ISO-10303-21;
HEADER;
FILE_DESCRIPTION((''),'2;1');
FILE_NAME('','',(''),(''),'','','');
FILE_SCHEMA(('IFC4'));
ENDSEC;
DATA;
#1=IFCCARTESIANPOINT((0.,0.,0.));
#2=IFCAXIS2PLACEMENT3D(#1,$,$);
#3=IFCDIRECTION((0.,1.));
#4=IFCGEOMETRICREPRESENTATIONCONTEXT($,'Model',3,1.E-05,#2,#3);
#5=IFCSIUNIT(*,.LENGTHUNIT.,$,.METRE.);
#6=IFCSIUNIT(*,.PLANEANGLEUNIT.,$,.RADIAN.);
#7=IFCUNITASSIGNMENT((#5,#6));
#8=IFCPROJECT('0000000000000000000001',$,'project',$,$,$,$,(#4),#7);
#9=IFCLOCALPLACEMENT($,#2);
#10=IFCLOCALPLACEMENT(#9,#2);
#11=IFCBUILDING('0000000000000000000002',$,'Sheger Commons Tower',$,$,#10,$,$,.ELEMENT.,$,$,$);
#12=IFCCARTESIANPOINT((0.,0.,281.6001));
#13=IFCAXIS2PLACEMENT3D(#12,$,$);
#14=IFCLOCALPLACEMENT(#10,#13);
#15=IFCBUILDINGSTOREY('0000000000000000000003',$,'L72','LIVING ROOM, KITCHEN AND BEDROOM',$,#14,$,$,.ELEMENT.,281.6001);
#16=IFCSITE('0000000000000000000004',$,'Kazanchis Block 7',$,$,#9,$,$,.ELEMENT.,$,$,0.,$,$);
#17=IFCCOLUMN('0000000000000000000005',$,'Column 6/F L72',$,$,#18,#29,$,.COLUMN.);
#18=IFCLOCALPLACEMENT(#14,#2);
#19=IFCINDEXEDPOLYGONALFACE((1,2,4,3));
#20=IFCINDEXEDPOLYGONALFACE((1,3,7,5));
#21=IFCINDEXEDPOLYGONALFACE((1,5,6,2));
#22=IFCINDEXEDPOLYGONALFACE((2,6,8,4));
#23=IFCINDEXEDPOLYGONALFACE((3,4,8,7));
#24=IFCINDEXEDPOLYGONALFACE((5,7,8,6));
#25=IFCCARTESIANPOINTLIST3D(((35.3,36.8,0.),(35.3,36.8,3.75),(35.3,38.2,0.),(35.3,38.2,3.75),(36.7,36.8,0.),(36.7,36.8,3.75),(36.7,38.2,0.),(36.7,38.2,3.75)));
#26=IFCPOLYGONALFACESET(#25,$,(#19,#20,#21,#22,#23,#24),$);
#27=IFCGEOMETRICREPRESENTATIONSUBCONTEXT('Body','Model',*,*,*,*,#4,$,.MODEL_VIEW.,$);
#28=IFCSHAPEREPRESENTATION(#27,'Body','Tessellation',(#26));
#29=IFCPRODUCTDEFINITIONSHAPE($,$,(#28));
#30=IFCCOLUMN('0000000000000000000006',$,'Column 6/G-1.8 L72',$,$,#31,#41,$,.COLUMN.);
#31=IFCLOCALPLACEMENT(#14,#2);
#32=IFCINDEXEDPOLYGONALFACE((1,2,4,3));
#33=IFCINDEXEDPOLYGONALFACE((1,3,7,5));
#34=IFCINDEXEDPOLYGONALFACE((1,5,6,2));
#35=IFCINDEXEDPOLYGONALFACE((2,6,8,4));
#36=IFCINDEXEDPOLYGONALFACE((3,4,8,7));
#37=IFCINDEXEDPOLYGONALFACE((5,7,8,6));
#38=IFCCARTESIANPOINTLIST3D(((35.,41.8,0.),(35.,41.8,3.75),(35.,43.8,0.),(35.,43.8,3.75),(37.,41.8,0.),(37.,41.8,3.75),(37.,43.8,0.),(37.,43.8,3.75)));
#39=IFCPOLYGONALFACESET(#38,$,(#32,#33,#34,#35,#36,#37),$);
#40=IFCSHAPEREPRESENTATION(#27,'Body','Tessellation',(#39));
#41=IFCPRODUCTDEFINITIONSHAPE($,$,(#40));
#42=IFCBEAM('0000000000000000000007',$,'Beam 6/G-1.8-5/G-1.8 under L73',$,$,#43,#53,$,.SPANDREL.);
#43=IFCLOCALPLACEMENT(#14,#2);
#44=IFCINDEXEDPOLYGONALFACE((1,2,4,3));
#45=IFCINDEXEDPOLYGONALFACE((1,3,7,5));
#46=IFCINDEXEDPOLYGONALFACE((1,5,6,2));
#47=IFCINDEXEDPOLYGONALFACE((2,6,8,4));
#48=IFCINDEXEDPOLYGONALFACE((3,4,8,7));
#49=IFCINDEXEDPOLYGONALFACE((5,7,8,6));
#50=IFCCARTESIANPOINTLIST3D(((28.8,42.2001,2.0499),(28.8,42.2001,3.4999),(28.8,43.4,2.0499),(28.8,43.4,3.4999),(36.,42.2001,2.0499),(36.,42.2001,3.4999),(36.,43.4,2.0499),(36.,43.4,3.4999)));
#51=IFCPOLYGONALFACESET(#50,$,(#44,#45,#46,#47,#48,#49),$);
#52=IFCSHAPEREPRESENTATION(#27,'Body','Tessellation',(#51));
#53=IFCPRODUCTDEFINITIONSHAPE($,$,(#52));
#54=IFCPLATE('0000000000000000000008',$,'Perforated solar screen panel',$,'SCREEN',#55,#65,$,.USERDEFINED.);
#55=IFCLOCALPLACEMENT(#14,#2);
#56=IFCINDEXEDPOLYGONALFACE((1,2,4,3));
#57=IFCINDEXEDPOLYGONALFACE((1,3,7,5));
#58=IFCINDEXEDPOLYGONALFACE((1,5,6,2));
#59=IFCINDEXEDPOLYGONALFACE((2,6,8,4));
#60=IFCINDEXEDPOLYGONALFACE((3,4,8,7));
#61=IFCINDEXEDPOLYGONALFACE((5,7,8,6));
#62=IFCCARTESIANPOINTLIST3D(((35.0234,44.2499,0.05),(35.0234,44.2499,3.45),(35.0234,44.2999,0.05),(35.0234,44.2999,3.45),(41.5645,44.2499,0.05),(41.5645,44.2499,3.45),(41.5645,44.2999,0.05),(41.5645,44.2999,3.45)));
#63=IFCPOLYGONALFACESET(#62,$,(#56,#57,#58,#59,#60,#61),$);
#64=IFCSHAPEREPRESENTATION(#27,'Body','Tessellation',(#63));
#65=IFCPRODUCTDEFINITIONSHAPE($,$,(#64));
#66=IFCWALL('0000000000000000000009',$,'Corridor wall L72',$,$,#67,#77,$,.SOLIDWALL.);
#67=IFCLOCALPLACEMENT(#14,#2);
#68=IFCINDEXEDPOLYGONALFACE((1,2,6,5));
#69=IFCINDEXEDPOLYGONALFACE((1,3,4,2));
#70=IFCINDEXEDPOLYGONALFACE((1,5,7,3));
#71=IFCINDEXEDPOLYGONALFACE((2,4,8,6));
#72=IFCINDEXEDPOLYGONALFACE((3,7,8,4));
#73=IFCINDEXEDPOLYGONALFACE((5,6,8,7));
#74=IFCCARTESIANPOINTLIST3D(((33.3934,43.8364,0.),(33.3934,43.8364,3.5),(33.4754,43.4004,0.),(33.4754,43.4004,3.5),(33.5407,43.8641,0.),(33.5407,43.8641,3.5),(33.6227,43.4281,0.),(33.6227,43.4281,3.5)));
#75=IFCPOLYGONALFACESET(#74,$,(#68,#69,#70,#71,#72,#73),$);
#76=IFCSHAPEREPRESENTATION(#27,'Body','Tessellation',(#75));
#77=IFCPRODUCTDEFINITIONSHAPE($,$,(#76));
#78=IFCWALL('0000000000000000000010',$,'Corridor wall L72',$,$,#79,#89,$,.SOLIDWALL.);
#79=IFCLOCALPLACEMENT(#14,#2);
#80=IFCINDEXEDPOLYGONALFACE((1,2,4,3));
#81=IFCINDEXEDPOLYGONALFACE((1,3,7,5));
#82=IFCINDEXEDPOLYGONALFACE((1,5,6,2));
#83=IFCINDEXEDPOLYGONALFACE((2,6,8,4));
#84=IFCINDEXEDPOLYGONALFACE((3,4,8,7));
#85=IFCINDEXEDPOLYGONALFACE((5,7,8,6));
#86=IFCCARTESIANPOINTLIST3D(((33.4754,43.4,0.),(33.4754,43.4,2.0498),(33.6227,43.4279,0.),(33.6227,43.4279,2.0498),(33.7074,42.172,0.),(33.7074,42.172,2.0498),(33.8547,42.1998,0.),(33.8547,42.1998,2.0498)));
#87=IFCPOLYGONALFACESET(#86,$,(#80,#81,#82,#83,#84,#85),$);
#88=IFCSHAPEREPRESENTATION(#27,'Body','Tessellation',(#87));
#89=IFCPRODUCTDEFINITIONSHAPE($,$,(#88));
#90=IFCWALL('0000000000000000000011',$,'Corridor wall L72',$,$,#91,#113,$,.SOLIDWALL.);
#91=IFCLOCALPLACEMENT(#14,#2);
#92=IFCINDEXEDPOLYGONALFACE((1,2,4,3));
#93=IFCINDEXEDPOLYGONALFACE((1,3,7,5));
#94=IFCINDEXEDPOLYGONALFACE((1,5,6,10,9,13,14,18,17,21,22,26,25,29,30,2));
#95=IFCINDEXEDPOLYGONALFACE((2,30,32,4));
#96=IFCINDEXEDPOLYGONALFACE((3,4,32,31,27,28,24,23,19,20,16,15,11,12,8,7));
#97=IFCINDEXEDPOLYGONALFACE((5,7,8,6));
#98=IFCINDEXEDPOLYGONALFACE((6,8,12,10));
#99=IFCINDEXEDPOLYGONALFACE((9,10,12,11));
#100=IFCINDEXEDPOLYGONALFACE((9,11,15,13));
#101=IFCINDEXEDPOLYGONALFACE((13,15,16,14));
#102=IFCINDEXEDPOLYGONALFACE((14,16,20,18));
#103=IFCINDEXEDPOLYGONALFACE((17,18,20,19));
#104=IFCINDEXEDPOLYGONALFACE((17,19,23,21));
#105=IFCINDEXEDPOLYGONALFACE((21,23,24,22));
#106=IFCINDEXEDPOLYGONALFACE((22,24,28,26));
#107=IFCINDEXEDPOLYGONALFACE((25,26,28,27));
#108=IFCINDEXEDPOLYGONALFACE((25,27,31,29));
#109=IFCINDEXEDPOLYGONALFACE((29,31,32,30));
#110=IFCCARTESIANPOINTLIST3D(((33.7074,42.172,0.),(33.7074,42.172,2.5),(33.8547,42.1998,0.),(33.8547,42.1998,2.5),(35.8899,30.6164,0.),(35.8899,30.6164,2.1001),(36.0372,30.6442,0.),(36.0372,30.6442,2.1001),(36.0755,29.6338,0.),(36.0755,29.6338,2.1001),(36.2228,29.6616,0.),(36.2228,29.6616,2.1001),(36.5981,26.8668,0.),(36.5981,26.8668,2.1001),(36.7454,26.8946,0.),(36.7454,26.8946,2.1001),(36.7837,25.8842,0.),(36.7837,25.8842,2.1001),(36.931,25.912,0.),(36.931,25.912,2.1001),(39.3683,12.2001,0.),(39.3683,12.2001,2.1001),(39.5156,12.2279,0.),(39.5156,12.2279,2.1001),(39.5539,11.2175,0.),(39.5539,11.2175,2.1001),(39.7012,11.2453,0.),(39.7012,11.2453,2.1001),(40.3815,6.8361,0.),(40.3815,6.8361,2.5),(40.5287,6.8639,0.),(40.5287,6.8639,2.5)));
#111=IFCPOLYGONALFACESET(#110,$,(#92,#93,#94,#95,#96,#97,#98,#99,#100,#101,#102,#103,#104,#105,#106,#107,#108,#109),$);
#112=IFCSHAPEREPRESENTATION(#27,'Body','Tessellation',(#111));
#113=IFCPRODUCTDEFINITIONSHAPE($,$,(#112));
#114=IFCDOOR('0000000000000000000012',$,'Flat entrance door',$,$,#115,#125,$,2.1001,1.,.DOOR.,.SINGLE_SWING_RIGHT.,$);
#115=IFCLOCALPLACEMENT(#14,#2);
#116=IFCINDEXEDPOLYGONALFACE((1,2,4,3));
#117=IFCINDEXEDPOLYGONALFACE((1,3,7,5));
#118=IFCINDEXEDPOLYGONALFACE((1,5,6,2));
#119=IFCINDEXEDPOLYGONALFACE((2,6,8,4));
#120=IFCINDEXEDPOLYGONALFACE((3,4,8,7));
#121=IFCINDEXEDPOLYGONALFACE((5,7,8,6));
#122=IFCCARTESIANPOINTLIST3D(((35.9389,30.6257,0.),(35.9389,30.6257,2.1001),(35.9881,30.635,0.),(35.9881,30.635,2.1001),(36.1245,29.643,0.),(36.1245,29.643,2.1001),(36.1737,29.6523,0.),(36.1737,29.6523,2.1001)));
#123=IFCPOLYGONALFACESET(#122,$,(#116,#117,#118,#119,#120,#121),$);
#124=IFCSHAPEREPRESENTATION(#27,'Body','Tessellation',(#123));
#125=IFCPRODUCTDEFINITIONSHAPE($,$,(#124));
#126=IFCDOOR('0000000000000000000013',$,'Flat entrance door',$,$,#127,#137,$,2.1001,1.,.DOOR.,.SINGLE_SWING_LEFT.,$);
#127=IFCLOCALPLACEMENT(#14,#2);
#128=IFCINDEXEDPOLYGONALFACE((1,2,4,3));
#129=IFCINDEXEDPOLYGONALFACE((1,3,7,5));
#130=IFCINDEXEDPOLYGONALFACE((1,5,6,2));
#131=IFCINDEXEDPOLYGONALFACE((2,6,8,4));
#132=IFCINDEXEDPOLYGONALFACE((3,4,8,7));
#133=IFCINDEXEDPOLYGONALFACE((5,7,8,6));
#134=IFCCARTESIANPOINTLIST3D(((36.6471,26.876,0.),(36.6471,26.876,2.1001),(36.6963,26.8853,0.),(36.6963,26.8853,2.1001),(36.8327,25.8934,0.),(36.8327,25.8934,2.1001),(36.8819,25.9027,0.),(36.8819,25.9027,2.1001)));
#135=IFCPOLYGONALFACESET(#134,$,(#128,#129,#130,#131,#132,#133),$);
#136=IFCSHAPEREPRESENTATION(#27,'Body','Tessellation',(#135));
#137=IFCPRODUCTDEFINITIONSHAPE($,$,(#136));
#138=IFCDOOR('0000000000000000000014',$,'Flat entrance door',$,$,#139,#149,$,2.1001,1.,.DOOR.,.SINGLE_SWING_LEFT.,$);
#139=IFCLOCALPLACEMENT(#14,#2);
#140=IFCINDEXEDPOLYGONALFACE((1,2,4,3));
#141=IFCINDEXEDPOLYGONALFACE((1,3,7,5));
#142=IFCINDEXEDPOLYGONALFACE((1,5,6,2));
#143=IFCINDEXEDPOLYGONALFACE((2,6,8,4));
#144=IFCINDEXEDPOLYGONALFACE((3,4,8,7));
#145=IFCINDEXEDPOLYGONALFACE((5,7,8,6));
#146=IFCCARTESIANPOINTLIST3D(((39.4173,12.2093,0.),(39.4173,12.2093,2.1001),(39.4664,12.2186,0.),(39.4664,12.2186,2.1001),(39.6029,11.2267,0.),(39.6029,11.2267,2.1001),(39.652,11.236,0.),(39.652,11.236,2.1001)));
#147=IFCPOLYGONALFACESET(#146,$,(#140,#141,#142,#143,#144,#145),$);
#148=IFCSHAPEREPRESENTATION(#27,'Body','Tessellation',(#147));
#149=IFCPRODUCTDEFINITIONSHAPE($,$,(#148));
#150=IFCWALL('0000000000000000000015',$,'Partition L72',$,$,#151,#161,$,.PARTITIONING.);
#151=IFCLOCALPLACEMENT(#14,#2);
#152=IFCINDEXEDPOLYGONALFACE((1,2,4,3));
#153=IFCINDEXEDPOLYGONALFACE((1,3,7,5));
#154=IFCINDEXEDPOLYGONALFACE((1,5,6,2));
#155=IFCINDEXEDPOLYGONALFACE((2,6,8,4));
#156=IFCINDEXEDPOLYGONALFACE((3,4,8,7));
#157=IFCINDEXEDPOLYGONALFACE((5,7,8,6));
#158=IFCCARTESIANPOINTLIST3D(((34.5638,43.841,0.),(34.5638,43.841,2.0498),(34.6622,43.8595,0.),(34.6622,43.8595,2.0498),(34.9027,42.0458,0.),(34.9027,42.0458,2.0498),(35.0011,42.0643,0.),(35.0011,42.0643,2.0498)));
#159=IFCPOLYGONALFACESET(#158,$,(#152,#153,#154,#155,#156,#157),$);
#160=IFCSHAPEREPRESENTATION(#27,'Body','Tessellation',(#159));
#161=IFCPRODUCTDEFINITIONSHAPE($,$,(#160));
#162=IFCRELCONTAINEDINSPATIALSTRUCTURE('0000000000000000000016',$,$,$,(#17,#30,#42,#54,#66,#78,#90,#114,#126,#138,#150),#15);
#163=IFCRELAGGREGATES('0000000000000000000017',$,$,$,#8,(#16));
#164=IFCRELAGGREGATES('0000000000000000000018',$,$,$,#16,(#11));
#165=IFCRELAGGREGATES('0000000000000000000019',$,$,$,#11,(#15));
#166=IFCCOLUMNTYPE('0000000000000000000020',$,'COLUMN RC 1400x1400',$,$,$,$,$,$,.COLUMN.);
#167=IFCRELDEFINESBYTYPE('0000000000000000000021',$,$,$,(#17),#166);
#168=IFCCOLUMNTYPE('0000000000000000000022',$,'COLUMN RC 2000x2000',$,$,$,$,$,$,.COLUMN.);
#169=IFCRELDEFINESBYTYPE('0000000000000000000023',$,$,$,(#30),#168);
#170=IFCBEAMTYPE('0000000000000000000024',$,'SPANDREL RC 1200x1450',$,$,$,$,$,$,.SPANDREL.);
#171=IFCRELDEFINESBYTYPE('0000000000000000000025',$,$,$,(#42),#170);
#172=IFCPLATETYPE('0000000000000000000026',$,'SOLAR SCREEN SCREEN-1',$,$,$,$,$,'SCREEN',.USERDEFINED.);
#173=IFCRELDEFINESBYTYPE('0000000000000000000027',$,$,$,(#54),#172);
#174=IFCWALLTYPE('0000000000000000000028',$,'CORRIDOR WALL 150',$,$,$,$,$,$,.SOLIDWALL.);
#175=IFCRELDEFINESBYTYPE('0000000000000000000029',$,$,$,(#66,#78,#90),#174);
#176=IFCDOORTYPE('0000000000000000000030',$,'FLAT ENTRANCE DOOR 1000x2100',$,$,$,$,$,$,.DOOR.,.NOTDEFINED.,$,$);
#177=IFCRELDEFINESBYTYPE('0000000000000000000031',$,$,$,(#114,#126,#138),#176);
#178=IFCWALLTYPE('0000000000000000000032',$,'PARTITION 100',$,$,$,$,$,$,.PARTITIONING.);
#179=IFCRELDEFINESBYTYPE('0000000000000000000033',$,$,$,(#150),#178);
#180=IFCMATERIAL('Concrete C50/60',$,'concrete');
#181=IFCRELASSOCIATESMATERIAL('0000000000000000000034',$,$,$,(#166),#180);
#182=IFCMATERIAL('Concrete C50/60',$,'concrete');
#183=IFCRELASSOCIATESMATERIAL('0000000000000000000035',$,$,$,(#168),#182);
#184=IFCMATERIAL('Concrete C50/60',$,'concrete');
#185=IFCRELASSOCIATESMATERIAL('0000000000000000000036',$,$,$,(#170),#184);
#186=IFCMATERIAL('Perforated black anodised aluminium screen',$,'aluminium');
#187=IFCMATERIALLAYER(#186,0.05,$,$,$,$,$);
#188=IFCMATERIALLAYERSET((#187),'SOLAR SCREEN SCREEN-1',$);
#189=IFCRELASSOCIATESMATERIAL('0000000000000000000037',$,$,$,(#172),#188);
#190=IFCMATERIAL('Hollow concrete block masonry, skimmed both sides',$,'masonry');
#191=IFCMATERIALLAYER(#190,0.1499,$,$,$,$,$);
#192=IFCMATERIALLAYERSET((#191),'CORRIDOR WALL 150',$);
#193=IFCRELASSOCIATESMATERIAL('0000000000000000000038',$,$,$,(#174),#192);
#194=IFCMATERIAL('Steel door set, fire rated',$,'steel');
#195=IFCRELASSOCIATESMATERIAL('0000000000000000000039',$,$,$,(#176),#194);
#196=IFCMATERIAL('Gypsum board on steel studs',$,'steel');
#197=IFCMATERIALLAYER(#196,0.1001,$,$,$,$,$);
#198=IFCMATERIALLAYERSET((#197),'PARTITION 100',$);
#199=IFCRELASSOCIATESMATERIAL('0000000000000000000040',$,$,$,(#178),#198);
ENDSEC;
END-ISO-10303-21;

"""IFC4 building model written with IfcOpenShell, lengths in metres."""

from ifc_helpers import new_model, si_unit, direction, frame, frame_2d, origin, origin_2d, place, context, subcontext, project, spatial, rectangle, extrude, material, layer, layer_set, material_profile, profile_set, type_object, element, fill, save


model = new_model("IFC4")

# Units and contexts
model_context = context("Model", 3, precision=1e-05, world=origin(), true_north=direction((0.0, 1.0)))
body_context = subcontext(model_context, "Body", "Model", "MODEL_VIEW")
ifc_project = project(units=[si_unit("LENGTHUNIT", "METRE"), si_unit("PLANEANGLEUNIT", "RADIAN")], contexts=[model_context])

# Site, building, storey
site_placement = place(None, origin())
site = spatial("IfcSite", under=ifc_project, at=site_placement, Name="Kazanchis Block 7", CompositionType="ELEMENT", RefElevation=0.0)
building_placement = place(site_placement, origin())
building = spatial("IfcBuilding", under=site, at=building_placement, Name="Sheger Commons Tower", CompositionType="ELEMENT")
storey_placement = place(building_placement, frame((0.0, 0.0, 281.6001)))
storey = spatial("IfcBuildingStorey", under=building, at=storey_placement, Name="L72", Description="LIVING ROOM, KITCHEN AND BEDROOM", CompositionType="ELEMENT", Elevation=281.6001)

# Columns
ifc_material_1 = material(Name="Concrete C50/60", Category="concrete")
ifc_material_profile_1 = material_profile(ifc_material_1, rectangle(XDim=1.3999, YDim=1.3999, at=origin_2d()), Name="RC 1400x1400")
ifc_profile_set_1 = profile_set([ifc_material_profile_1], Name="Concrete C50/60")
column_type_1 = type_object("IfcColumnType", Name="COLUMN RC 1400x1400", PredefinedType="COLUMN", material=ifc_profile_set_1)
column_1_placement = place(storey_placement, frame((36.0, 37.5, 0.0), z_axis=(0.0, 0.0, 1.0), x_axis=(1.0, 0.0, 0.0)))
element("IfcColumn", 1, at=column_1_placement, inside=storey, type_object=column_type_1, Name="Column 6/F L72", PredefinedType="COLUMN", context=body_context, shape_type="SweptSolid", body=[
    extrude(rectangle(XDim=1.3999, YDim=1.3999, at=origin_2d()), origin(), (0.0, 0.0, 1.0), 3.75),
])
ifc_material_2 = material(Name="Concrete C50/60", Category="concrete")
ifc_material_profile_2 = material_profile(ifc_material_2, rectangle(XDim=2.0, YDim=2.0, at=origin_2d()), Name="RC 2000x2000")
ifc_profile_set_2 = profile_set([ifc_material_profile_2], Name="Concrete C50/60")
column_type_2 = type_object("IfcColumnType", Name="COLUMN RC 2000x2000", PredefinedType="COLUMN", material=ifc_profile_set_2)
column_2_placement = place(storey_placement, frame((36.0, 42.8, 0.0), z_axis=(0.0, 0.0, 1.0), x_axis=(1.0, 0.0, 0.0)))
element("IfcColumn", 2, at=column_2_placement, inside=storey, type_object=column_type_2, Name="Column 6/G-1.8 L72", PredefinedType="COLUMN", context=body_context, shape_type="SweptSolid", body=[
    extrude(rectangle(XDim=2.0, YDim=2.0, at=origin_2d()), origin(), (0.0, 0.0, 1.0), 3.75),
])

# Beam
ifc_material_3 = material(Name="Concrete C50/60", Category="concrete")
ifc_material_profile_3 = material_profile(ifc_material_3, rectangle(XDim=1.2, YDim=1.45, at=origin_2d()), Name="RC 1200x1450")
ifc_profile_set_3 = profile_set([ifc_material_profile_3], Name="Concrete C50/60")
beam_type = type_object("IfcBeamType", Name="SPANDREL RC 1200x1450", PredefinedType="SPANDREL", material=ifc_profile_set_3)
beam_placement = place(storey_placement, frame((36.0, 42.8, 2.7749), z_axis=(-1.0, 0.0, 0.0), x_axis=(0.0, -1.0, 0.0)))
element("IfcBeam", 3, at=beam_placement, inside=storey, type_object=beam_type, Name="Beam 6/G-1.8-5/G-1.8 under L73", PredefinedType="SPANDREL", context=body_context, shape_type="SweptSolid", body=[
    extrude(rectangle(XDim=1.2, YDim=1.45, at=origin_2d()), origin(), (0.0, 0.0, 1.0), 7.2),
])

# Plate
ifc_material_4 = material(Name="Perforated black anodised aluminium screen", Category="aluminium")
ifc_layer_1 = layer(ifc_material_4, 0.05)
ifc_layer_set_1 = layer_set([ifc_layer_1], Name="SOLAR SCREEN SCREEN-1")
plate_type = type_object("IfcPlateType", Name="SOLAR SCREEN SCREEN-1", ElementType="SCREEN", PredefinedType="USERDEFINED", material=ifc_layer_set_1)
plate_placement = place(storey_placement, frame((38.2939, 44.2749, 0.05), z_axis=(0.0, 0.0, 1.0), x_axis=(-1.0, 0.0, 0.0)))
element("IfcPlate", 4, at=plate_placement, inside=storey, type_object=plate_type, Name="Perforated solar screen panel", ObjectType="SCREEN", PredefinedType="USERDEFINED", context=body_context, shape_type="SweptSolid", body=[
    extrude(rectangle(XDim=6.541, YDim=0.05, at=origin_2d()), origin(), (0.0, 0.0, 1.0), 3.3999),
])

# Walls
ifc_material_5 = material(Name="Hollow concrete block masonry, skimmed both sides", Category="masonry")
ifc_layer_2 = layer(ifc_material_5, 0.1499)
ifc_layer_set_2 = layer_set([ifc_layer_2], Name="CORRIDOR WALL 150")
wall_type_1 = type_object("IfcWallType", Name="CORRIDOR WALL 150", PredefinedType="SOLIDWALL", material=ifc_layer_set_2)
wall_1_placement = place(storey_placement, frame((33.467, 43.8501, 0.0), z_axis=(0.0, 0.0, 1.0), x_axis=(0.184887, -0.98276, 0.0)))
element("IfcWall", 5, at=wall_1_placement, inside=storey, type_object=wall_type_1, Name="Corridor wall L72", PredefinedType="SOLIDWALL", context=body_context, shape_type="SweptSolid", body=[
    extrude(rectangle(XDim=0.4436, YDim=0.1499, at=frame_2d((0.2217, 0.0))), origin(), (0.0, 0.0, 1.0), 3.5),
])
wall_2_placement = place(storey_placement, frame((33.5491, 43.4141, 0.0), z_axis=(0.0, 0.0, 1.0), x_axis=(0.185586, -0.982628, 0.0)))
element("IfcWall", 6, at=wall_2_placement, inside=storey, type_object=wall_type_1, Name="Corridor wall L72", PredefinedType="SOLIDWALL", context=body_context, shape_type="SweptSolid", body=[
    extrude(rectangle(XDim=1.2498, YDim=0.1499, at=frame_2d((0.625, 0.0))), origin(), (0.0, 0.0, 1.0), 2.0498),
])

# Wall, openings, doors
wall_3_placement = place(storey_placement, frame((33.781, 42.186, 0.0), z_axis=(0.0, 0.0, 1.0), x_axis=(0.185594, -0.982627, 0.0)))
wall_3 = element("IfcWall", 7, at=wall_3_placement, inside=storey, type_object=wall_type_1, Name="Corridor wall L72", PredefinedType="SOLIDWALL", context=body_context, shape_type="SweptSolid", body=[
    extrude(rectangle(XDim=35.9607, YDim=0.1499, at=frame_2d((17.9805, 0.0))), origin(), (0.0, 0.0, 1.0), 2.5),
])
opening_1_placement = place(wall_3_placement, frame((11.76, 0.0, 0.0)))
opening_1 = element("IfcOpeningElement", 8, at=opening_1_placement, cuts=wall_3, PredefinedType="OPENING", context=body_context, shape_type="SweptSolid", body=[
    extrude(rectangle(XDim=1.0, YDim=2.1001, at=frame_2d((0.5, 1.05))), frame((0.0, 0.085, 0.0), z_axis=(0.0, -1.0, 0.0), x_axis=(1.0, 0.0, 0.0)), (0.0, 0.0, 1.0), 0.1699),
])
opening_2_placement = place(wall_3_placement, frame((15.5759, 0.0, 0.0)))
opening_2 = element("IfcOpeningElement", 9, at=opening_2_placement, cuts=wall_3, PredefinedType="OPENING", context=body_context, shape_type="SweptSolid", body=[
    extrude(rectangle(XDim=1.0, YDim=2.1001, at=frame_2d((0.5, 1.05))), frame((0.0, 0.085, 0.0), z_axis=(0.0, -1.0, 0.0), x_axis=(1.0, 0.0, 0.0)), (0.0, 0.0, 1.0), 0.1699),
])
opening_3_placement = place(wall_3_placement, frame((30.502, 0.0, 0.0)))
opening_3 = element("IfcOpeningElement", 10, at=opening_3_placement, cuts=wall_3, PredefinedType="OPENING", context=body_context, shape_type="SweptSolid", body=[
    extrude(rectangle(XDim=1.0, YDim=2.1001, at=frame_2d((0.5, 1.05))), frame((0.0, 0.085, 0.0), z_axis=(0.0, -1.0, 0.0), x_axis=(1.0, 0.0, 0.0)), (0.0, 0.0, 1.0), 0.1699),
])
ifc_material_6 = material(Name="Steel door set, fire rated", Category="steel")
door_type_1 = type_object("IfcDoorType", Name="FLAT ENTRANCE DOOR 1000x2100", OperationType="NOTDEFINED", PredefinedType="DOOR", material=ifc_material_6)
door_1_placement = place(opening_1_placement, origin())
door_1 = element("IfcDoor", 11, at=door_1_placement, inside=storey, type_object=door_type_1, Name="Flat entrance door", OperationType="SINGLE_SWING_RIGHT", OverallHeight=2.1001, OverallWidth=1.0, PredefinedType="DOOR", context=body_context, shape_type="SweptSolid", body=[
    extrude(rectangle(XDim=1.0, YDim=2.1001, at=frame_2d((0.5, 1.05))), frame((0.0, 0.0249, 0.0), z_axis=(0.0, -1.0, 0.0), x_axis=(1.0, 0.0, 0.0)), (0.0, 0.0, 1.0), 0.05),
])
fill(opening_1, door_1)
door_2_placement = place(opening_2_placement, origin())
door_2 = element("IfcDoor", 12, at=door_2_placement, inside=storey, type_object=door_type_1, Name="Flat entrance door", OperationType="SINGLE_SWING_LEFT", OverallHeight=2.1001, OverallWidth=1.0, PredefinedType="DOOR", context=body_context, shape_type="SweptSolid", body=[
    extrude(rectangle(XDim=1.0, YDim=2.1001, at=frame_2d((0.5, 1.05))), frame((0.0, 0.0249, 0.0), z_axis=(0.0, -1.0, 0.0), x_axis=(1.0, 0.0, 0.0)), (0.0, 0.0, 1.0), 0.05),
])
fill(opening_2, door_2)
door_3_placement = place(opening_3_placement, origin())
door_3 = element("IfcDoor", 13, at=door_3_placement, inside=storey, type_object=door_type_1, Name="Flat entrance door", OperationType="SINGLE_SWING_LEFT", OverallHeight=2.1001, OverallWidth=1.0, PredefinedType="DOOR", context=body_context, shape_type="SweptSolid", body=[
    extrude(rectangle(XDim=1.0, YDim=2.1001, at=frame_2d((0.5, 1.05))), frame((0.0, 0.0249, 0.0), z_axis=(0.0, -1.0, 0.0), x_axis=(1.0, 0.0, 0.0)), (0.0, 0.0, 1.0), 0.05),
])
fill(opening_3, door_3)

# Wall
ifc_material_7 = material(Name="Gypsum board on steel studs", Category="steel")
ifc_layer_3 = layer(ifc_material_7, 0.1001)
ifc_layer_set_3 = layer_set([ifc_layer_3], Name="PARTITION 100")
wall_type_2 = type_object("IfcWallType", Name="PARTITION 100", PredefinedType="PARTITIONING", material=ifc_layer_set_3)
wall_4_placement = place(storey_placement, frame((34.9519, 42.0549, 0.0), z_axis=(0.0, 0.0, 1.0), x_axis=(-0.185491, 0.982646, 0.0)))
element("IfcWall", 14, at=wall_4_placement, inside=storey, type_object=wall_type_2, Name="Partition L72", PredefinedType="PARTITIONING", context=body_context, shape_type="SweptSolid", body=[
    extrude(rectangle(XDim=1.8269, YDim=0.1001, at=frame_2d((0.9136, 0.0))), origin(), (0.0, 0.0, 1.0), 2.0498),
])

save(model, "model.ifc")
